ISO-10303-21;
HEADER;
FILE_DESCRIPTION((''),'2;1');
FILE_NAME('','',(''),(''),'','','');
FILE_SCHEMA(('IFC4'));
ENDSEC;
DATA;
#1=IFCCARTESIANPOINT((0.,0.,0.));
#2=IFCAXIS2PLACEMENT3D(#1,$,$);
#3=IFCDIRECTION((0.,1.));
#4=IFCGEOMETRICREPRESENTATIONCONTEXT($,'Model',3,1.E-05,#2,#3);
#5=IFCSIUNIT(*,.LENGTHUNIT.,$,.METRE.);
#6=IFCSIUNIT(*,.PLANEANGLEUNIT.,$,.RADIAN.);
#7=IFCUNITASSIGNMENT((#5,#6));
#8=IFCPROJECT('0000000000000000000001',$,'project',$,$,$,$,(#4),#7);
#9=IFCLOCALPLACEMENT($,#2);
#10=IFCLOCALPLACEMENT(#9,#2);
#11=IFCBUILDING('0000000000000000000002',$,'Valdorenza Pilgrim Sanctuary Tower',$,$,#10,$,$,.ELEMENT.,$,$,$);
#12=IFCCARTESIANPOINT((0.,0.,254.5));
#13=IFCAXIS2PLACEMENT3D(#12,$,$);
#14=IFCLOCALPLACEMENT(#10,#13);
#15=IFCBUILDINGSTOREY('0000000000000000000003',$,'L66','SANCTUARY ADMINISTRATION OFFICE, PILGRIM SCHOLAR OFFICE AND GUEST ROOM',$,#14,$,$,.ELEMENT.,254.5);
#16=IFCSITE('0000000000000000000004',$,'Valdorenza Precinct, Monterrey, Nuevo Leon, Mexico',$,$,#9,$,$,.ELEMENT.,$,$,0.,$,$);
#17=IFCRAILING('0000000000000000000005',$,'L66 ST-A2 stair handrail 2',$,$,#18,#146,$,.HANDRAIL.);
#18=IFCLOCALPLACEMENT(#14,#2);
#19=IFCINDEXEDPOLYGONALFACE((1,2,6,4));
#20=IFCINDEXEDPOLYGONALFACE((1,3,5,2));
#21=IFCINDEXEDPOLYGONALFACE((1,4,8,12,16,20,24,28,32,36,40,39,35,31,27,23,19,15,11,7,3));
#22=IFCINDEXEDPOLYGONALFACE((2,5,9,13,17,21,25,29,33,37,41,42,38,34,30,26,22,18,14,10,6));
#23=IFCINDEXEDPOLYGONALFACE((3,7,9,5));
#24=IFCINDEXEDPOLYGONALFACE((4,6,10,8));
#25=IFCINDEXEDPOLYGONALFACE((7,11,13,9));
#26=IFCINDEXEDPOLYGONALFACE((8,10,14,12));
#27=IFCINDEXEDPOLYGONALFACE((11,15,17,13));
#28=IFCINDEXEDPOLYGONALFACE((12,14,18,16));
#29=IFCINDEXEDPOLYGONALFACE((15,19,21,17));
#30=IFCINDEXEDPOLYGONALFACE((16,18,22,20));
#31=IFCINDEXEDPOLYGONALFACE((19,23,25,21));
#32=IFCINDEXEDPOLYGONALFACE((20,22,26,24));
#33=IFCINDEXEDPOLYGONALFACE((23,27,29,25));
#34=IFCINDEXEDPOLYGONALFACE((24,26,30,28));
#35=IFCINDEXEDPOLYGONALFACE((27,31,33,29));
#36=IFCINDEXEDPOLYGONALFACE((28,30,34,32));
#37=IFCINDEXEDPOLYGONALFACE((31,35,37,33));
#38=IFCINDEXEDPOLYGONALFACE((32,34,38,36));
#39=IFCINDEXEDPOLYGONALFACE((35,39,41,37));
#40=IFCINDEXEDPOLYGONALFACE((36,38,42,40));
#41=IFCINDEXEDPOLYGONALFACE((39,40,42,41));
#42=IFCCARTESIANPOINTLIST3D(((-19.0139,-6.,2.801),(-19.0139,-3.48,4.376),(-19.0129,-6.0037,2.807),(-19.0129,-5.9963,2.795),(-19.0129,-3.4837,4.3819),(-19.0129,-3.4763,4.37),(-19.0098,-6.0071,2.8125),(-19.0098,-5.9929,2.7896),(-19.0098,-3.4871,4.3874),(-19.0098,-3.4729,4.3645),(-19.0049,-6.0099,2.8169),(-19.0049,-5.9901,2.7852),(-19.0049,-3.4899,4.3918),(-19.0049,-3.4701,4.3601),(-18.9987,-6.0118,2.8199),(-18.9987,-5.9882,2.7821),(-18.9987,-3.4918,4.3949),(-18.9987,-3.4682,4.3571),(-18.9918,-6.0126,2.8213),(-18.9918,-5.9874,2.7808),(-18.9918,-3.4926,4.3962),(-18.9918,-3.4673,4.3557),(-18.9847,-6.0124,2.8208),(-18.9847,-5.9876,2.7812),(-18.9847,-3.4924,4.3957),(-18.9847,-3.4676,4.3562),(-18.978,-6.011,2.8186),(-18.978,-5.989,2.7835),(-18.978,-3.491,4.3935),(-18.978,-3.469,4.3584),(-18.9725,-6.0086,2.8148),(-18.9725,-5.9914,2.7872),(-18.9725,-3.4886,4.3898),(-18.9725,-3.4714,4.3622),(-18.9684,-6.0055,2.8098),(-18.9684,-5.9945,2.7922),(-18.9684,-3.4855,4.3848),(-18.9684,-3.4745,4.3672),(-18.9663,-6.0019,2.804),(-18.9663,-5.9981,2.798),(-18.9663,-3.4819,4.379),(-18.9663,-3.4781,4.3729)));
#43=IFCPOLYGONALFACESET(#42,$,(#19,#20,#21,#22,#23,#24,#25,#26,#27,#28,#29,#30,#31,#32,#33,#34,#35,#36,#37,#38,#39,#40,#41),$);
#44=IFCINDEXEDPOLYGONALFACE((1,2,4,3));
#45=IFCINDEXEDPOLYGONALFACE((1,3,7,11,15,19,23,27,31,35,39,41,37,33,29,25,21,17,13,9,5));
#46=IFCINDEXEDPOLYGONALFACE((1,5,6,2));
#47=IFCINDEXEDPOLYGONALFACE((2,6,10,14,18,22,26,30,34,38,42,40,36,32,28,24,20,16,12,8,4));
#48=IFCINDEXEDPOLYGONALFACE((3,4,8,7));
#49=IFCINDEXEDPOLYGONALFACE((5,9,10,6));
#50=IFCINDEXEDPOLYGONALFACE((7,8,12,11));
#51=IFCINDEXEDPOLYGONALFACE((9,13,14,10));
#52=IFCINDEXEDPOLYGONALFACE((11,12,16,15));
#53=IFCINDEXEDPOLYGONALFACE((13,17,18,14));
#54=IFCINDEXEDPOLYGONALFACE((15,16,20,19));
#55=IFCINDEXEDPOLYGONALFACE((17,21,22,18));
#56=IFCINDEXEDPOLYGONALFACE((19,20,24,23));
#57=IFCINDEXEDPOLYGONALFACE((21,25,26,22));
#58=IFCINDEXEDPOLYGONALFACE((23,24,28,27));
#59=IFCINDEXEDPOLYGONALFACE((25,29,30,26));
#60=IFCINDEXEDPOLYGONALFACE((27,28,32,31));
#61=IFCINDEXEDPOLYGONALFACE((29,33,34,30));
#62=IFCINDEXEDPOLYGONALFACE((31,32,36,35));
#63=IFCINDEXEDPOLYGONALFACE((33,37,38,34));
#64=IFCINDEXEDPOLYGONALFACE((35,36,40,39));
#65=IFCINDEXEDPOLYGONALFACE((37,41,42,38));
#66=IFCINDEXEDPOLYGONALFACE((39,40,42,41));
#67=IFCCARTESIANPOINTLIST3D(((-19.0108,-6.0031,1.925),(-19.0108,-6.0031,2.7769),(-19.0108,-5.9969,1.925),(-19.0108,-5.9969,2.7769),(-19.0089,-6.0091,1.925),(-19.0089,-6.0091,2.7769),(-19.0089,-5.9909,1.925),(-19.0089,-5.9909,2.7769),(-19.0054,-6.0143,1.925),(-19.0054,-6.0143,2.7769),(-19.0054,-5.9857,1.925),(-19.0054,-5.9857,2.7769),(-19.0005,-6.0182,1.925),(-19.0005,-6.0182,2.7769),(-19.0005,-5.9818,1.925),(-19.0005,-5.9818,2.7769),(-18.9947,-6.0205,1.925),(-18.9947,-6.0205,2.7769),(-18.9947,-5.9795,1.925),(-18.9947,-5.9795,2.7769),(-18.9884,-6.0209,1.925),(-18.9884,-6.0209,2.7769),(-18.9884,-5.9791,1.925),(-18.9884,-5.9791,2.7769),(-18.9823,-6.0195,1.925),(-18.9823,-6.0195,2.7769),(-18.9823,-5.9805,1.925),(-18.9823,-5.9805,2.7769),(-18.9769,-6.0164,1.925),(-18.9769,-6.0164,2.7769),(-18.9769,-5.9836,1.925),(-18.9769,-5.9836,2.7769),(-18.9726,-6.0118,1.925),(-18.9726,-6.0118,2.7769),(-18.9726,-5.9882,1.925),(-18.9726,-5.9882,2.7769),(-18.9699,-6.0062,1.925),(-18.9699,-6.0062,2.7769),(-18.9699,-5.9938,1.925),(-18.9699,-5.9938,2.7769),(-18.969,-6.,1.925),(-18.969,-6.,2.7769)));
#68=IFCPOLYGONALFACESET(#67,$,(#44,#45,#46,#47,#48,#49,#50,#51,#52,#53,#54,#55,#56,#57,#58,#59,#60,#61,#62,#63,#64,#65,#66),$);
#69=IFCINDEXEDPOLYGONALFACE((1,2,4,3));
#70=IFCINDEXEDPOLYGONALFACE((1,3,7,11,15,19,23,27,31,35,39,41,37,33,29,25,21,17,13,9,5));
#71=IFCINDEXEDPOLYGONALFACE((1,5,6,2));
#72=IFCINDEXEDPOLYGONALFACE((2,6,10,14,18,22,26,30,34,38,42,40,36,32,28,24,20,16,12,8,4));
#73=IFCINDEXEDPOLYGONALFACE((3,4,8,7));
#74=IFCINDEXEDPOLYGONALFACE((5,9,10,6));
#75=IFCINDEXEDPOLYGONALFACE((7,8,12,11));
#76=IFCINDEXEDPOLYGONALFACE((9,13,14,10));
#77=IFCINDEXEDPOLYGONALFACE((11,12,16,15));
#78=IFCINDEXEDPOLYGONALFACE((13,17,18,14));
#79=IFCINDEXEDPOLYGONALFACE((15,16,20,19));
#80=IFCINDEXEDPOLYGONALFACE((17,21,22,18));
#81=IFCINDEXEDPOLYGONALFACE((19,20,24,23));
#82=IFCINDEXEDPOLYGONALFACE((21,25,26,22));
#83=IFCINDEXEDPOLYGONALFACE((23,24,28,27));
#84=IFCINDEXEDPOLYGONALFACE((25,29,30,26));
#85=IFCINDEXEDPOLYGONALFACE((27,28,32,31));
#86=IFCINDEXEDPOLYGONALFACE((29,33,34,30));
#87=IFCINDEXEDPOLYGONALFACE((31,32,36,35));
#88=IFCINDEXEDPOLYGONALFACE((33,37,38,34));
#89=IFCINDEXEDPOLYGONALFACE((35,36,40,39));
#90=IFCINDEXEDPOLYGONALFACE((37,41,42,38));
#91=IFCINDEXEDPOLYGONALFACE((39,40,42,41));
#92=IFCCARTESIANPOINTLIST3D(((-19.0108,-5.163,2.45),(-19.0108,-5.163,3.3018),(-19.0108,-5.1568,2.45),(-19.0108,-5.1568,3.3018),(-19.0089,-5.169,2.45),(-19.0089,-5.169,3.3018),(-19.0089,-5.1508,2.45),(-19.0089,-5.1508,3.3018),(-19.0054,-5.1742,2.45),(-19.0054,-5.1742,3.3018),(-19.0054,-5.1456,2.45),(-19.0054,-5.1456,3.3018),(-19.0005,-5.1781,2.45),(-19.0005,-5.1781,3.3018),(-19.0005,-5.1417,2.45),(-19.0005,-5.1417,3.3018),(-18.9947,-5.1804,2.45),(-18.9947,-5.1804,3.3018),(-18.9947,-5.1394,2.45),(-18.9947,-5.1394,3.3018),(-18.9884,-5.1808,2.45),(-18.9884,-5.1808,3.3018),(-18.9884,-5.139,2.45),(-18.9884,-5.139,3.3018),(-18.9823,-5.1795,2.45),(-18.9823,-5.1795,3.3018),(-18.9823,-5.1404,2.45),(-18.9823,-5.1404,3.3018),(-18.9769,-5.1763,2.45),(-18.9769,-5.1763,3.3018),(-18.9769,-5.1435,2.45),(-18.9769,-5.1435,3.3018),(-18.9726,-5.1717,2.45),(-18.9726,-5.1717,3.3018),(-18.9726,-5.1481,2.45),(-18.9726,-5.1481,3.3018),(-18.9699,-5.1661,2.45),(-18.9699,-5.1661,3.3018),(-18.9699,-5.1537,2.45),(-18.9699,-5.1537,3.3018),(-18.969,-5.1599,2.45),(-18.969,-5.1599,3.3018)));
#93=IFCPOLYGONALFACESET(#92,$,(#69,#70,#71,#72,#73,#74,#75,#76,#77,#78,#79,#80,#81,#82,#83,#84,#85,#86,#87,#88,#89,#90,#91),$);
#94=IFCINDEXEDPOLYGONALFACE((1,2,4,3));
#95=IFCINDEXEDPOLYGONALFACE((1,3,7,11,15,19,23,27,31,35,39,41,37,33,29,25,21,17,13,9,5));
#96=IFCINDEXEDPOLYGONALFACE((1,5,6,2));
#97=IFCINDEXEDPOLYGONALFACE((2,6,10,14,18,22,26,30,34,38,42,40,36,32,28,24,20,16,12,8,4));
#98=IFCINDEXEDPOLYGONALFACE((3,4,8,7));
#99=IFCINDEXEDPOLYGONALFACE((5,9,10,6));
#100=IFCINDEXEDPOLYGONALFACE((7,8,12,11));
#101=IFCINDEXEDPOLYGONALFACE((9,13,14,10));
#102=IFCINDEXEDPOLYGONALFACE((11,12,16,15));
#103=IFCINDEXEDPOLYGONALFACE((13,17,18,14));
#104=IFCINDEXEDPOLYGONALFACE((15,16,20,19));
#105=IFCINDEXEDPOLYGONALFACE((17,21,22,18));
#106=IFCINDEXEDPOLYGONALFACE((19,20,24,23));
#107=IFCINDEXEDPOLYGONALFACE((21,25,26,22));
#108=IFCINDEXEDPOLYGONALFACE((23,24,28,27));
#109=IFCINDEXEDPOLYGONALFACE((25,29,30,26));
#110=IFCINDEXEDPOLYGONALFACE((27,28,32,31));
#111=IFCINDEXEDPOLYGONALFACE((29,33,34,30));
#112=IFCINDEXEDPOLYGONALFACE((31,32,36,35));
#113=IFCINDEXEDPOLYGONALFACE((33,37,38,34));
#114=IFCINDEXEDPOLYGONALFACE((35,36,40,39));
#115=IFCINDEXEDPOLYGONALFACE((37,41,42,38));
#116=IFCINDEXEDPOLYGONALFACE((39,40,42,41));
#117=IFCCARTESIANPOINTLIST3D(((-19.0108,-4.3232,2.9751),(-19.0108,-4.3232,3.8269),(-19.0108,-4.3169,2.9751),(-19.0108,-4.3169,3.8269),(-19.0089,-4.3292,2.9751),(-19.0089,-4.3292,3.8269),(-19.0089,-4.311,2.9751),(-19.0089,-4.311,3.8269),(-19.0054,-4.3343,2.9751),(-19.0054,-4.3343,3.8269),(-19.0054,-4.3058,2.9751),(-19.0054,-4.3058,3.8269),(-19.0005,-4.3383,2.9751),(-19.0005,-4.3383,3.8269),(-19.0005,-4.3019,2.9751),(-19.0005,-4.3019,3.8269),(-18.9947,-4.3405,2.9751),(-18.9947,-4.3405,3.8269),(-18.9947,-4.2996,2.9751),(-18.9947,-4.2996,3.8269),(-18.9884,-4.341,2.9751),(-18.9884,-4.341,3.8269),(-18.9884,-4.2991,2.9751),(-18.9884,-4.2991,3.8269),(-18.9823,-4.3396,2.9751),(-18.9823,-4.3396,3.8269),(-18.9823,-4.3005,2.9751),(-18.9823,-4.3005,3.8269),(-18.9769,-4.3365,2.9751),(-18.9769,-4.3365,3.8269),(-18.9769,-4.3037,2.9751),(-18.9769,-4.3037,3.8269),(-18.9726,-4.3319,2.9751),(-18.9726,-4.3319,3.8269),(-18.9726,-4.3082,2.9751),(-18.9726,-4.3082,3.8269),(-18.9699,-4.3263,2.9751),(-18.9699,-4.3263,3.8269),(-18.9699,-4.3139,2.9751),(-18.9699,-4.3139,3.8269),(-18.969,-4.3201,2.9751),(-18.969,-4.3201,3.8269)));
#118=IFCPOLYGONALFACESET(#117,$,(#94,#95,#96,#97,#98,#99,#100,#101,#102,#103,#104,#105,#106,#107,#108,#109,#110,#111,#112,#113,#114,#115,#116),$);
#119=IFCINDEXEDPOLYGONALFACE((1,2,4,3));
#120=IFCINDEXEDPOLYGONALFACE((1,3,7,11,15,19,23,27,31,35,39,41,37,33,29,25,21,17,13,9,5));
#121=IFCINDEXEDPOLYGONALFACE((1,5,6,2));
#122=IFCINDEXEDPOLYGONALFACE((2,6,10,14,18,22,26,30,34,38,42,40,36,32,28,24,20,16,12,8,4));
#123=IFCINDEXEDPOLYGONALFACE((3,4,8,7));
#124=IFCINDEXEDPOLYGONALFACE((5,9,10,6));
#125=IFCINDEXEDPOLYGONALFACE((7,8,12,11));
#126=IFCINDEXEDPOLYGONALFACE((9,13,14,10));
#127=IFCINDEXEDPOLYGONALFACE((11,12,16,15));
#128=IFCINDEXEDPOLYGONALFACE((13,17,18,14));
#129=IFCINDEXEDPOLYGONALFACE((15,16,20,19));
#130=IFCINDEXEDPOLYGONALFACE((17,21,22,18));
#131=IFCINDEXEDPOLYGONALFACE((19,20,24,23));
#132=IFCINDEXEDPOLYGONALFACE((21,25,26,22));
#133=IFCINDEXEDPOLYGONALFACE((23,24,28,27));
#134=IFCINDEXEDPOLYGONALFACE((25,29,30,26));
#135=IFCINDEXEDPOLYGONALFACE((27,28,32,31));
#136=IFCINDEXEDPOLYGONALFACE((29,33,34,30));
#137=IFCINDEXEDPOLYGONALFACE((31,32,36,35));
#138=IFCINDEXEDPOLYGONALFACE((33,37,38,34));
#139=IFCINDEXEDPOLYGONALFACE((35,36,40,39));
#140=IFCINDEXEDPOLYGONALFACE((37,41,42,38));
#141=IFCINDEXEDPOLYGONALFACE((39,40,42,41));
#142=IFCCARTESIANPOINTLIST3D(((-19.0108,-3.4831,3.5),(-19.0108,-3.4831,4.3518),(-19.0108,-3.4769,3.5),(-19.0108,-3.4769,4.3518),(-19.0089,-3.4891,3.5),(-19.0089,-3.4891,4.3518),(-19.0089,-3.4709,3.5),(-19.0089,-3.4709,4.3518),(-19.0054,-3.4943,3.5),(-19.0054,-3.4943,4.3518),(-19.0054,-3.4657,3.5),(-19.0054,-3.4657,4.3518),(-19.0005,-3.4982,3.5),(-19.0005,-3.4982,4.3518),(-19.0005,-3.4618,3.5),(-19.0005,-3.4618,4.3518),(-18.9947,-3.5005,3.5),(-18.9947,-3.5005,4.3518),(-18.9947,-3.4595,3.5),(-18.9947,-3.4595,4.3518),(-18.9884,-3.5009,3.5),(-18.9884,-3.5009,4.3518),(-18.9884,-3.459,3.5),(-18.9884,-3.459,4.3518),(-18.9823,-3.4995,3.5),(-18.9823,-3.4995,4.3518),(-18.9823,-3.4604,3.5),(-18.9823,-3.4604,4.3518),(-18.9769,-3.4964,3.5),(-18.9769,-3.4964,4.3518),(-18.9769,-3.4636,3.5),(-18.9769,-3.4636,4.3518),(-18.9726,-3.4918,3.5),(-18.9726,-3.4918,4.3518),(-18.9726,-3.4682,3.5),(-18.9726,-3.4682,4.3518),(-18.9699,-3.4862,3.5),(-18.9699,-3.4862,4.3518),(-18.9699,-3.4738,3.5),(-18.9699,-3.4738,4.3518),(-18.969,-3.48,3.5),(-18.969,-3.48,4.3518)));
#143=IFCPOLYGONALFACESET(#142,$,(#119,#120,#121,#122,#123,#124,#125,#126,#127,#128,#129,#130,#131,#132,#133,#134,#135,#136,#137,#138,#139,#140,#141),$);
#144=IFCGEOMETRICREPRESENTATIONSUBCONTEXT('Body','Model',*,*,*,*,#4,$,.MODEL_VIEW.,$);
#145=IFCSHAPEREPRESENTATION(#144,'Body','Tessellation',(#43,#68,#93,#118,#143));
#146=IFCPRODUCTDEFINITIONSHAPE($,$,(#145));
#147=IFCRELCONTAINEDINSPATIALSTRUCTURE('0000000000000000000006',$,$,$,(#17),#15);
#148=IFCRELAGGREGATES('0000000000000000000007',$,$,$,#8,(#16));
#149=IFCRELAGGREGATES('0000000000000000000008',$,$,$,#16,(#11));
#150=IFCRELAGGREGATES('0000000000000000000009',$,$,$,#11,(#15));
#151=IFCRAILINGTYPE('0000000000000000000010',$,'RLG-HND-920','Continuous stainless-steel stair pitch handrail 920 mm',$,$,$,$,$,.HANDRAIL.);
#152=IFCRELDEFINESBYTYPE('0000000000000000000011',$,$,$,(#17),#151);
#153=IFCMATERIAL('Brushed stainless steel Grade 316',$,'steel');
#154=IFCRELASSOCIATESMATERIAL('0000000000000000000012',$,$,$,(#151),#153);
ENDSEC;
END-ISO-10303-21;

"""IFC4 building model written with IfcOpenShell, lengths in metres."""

from ifc_helpers import new_model, si_unit, direction, frame, origin, origin_2d, place, context, subcontext, project, spatial, circle, extrude, material, type_object, element, save


model = new_model("IFC4")

# Units and contexts
model_context = context("Model", 3, precision=1e-05, world=origin(), true_north=direction((0.0, 1.0)))
body_context = subcontext(model_context, "Body", "Model", "MODEL_VIEW")
ifc_project = project(units=[si_unit("LENGTHUNIT", "METRE"), si_unit("PLANEANGLEUNIT", "RADIAN")], contexts=[model_context])

# Site, building, storey
site_placement = place(None, origin())
site = spatial("IfcSite", under=ifc_project, at=site_placement, Name="Valdorenza Precinct, Monterrey, Nuevo Leon, Mexico", CompositionType="ELEMENT", RefElevation=0.0)
building_placement = place(site_placement, origin())
building = spatial("IfcBuilding", under=site, at=building_placement, Name="Valdorenza Pilgrim Sanctuary Tower", CompositionType="ELEMENT")
storey_placement = place(building_placement, frame((0.0, 0.0, 254.5)))
storey = spatial("IfcBuildingStorey", under=building, at=storey_placement, Name="L66", Description="SANCTUARY ADMINISTRATION OFFICE, PILGRIM SCHOLAR OFFICE AND GUEST ROOM", CompositionType="ELEMENT", Elevation=254.5)

# Shared definitions
ifc_material_1 = material(Name="Brushed stainless steel Grade 316", Category="steel")

# Railing
railing_type_1 = type_object("IfcRailingType", Name="RLG-HND-920", Description="Continuous stainless-steel stair pitch handrail 920 mm", PredefinedType="HANDRAIL", material=ifc_material_1)
railing_1_placement = place(storey_placement, frame((-18.99, -6.0, 1.925)))
element("IfcRailing", 1, at=railing_1_placement, inside=storey, type_object=railing_type_1, Name="L66 ST-A2 stair handrail 2", PredefinedType="HANDRAIL", context=body_context, shape_type="SweptSolid", body=[
    extrude(circle(Radius=0.0239, at=origin_2d()), frame((0.0, 0.0, 0.876), z_axis=(0.0, 0.848008, 0.529984), x_axis=(-1.0, 0.0, 0.0)), (0.0, 0.0, 1.0), 2.9717),
    extrude(circle(Radius=0.021, at=origin_2d()), origin(), (0.0, 0.0, 1.0), 0.8518),
    extrude(circle(Radius=0.021, at=origin_2d()), frame((0.0, 0.8401, 0.5249)), (0.0, 0.0, 1.0), 0.8518),
    extrude(circle(Radius=0.021, at=origin_2d()), frame((0.0, 1.6799, 1.05)), (0.0, 0.0, 1.0), 0.8518),
    extrude(circle(Radius=0.021, at=origin_2d()), frame((0.0, 2.52, 1.575)), (0.0, 0.0, 1.0), 0.8518),
])

save(model, "model.ifc")
